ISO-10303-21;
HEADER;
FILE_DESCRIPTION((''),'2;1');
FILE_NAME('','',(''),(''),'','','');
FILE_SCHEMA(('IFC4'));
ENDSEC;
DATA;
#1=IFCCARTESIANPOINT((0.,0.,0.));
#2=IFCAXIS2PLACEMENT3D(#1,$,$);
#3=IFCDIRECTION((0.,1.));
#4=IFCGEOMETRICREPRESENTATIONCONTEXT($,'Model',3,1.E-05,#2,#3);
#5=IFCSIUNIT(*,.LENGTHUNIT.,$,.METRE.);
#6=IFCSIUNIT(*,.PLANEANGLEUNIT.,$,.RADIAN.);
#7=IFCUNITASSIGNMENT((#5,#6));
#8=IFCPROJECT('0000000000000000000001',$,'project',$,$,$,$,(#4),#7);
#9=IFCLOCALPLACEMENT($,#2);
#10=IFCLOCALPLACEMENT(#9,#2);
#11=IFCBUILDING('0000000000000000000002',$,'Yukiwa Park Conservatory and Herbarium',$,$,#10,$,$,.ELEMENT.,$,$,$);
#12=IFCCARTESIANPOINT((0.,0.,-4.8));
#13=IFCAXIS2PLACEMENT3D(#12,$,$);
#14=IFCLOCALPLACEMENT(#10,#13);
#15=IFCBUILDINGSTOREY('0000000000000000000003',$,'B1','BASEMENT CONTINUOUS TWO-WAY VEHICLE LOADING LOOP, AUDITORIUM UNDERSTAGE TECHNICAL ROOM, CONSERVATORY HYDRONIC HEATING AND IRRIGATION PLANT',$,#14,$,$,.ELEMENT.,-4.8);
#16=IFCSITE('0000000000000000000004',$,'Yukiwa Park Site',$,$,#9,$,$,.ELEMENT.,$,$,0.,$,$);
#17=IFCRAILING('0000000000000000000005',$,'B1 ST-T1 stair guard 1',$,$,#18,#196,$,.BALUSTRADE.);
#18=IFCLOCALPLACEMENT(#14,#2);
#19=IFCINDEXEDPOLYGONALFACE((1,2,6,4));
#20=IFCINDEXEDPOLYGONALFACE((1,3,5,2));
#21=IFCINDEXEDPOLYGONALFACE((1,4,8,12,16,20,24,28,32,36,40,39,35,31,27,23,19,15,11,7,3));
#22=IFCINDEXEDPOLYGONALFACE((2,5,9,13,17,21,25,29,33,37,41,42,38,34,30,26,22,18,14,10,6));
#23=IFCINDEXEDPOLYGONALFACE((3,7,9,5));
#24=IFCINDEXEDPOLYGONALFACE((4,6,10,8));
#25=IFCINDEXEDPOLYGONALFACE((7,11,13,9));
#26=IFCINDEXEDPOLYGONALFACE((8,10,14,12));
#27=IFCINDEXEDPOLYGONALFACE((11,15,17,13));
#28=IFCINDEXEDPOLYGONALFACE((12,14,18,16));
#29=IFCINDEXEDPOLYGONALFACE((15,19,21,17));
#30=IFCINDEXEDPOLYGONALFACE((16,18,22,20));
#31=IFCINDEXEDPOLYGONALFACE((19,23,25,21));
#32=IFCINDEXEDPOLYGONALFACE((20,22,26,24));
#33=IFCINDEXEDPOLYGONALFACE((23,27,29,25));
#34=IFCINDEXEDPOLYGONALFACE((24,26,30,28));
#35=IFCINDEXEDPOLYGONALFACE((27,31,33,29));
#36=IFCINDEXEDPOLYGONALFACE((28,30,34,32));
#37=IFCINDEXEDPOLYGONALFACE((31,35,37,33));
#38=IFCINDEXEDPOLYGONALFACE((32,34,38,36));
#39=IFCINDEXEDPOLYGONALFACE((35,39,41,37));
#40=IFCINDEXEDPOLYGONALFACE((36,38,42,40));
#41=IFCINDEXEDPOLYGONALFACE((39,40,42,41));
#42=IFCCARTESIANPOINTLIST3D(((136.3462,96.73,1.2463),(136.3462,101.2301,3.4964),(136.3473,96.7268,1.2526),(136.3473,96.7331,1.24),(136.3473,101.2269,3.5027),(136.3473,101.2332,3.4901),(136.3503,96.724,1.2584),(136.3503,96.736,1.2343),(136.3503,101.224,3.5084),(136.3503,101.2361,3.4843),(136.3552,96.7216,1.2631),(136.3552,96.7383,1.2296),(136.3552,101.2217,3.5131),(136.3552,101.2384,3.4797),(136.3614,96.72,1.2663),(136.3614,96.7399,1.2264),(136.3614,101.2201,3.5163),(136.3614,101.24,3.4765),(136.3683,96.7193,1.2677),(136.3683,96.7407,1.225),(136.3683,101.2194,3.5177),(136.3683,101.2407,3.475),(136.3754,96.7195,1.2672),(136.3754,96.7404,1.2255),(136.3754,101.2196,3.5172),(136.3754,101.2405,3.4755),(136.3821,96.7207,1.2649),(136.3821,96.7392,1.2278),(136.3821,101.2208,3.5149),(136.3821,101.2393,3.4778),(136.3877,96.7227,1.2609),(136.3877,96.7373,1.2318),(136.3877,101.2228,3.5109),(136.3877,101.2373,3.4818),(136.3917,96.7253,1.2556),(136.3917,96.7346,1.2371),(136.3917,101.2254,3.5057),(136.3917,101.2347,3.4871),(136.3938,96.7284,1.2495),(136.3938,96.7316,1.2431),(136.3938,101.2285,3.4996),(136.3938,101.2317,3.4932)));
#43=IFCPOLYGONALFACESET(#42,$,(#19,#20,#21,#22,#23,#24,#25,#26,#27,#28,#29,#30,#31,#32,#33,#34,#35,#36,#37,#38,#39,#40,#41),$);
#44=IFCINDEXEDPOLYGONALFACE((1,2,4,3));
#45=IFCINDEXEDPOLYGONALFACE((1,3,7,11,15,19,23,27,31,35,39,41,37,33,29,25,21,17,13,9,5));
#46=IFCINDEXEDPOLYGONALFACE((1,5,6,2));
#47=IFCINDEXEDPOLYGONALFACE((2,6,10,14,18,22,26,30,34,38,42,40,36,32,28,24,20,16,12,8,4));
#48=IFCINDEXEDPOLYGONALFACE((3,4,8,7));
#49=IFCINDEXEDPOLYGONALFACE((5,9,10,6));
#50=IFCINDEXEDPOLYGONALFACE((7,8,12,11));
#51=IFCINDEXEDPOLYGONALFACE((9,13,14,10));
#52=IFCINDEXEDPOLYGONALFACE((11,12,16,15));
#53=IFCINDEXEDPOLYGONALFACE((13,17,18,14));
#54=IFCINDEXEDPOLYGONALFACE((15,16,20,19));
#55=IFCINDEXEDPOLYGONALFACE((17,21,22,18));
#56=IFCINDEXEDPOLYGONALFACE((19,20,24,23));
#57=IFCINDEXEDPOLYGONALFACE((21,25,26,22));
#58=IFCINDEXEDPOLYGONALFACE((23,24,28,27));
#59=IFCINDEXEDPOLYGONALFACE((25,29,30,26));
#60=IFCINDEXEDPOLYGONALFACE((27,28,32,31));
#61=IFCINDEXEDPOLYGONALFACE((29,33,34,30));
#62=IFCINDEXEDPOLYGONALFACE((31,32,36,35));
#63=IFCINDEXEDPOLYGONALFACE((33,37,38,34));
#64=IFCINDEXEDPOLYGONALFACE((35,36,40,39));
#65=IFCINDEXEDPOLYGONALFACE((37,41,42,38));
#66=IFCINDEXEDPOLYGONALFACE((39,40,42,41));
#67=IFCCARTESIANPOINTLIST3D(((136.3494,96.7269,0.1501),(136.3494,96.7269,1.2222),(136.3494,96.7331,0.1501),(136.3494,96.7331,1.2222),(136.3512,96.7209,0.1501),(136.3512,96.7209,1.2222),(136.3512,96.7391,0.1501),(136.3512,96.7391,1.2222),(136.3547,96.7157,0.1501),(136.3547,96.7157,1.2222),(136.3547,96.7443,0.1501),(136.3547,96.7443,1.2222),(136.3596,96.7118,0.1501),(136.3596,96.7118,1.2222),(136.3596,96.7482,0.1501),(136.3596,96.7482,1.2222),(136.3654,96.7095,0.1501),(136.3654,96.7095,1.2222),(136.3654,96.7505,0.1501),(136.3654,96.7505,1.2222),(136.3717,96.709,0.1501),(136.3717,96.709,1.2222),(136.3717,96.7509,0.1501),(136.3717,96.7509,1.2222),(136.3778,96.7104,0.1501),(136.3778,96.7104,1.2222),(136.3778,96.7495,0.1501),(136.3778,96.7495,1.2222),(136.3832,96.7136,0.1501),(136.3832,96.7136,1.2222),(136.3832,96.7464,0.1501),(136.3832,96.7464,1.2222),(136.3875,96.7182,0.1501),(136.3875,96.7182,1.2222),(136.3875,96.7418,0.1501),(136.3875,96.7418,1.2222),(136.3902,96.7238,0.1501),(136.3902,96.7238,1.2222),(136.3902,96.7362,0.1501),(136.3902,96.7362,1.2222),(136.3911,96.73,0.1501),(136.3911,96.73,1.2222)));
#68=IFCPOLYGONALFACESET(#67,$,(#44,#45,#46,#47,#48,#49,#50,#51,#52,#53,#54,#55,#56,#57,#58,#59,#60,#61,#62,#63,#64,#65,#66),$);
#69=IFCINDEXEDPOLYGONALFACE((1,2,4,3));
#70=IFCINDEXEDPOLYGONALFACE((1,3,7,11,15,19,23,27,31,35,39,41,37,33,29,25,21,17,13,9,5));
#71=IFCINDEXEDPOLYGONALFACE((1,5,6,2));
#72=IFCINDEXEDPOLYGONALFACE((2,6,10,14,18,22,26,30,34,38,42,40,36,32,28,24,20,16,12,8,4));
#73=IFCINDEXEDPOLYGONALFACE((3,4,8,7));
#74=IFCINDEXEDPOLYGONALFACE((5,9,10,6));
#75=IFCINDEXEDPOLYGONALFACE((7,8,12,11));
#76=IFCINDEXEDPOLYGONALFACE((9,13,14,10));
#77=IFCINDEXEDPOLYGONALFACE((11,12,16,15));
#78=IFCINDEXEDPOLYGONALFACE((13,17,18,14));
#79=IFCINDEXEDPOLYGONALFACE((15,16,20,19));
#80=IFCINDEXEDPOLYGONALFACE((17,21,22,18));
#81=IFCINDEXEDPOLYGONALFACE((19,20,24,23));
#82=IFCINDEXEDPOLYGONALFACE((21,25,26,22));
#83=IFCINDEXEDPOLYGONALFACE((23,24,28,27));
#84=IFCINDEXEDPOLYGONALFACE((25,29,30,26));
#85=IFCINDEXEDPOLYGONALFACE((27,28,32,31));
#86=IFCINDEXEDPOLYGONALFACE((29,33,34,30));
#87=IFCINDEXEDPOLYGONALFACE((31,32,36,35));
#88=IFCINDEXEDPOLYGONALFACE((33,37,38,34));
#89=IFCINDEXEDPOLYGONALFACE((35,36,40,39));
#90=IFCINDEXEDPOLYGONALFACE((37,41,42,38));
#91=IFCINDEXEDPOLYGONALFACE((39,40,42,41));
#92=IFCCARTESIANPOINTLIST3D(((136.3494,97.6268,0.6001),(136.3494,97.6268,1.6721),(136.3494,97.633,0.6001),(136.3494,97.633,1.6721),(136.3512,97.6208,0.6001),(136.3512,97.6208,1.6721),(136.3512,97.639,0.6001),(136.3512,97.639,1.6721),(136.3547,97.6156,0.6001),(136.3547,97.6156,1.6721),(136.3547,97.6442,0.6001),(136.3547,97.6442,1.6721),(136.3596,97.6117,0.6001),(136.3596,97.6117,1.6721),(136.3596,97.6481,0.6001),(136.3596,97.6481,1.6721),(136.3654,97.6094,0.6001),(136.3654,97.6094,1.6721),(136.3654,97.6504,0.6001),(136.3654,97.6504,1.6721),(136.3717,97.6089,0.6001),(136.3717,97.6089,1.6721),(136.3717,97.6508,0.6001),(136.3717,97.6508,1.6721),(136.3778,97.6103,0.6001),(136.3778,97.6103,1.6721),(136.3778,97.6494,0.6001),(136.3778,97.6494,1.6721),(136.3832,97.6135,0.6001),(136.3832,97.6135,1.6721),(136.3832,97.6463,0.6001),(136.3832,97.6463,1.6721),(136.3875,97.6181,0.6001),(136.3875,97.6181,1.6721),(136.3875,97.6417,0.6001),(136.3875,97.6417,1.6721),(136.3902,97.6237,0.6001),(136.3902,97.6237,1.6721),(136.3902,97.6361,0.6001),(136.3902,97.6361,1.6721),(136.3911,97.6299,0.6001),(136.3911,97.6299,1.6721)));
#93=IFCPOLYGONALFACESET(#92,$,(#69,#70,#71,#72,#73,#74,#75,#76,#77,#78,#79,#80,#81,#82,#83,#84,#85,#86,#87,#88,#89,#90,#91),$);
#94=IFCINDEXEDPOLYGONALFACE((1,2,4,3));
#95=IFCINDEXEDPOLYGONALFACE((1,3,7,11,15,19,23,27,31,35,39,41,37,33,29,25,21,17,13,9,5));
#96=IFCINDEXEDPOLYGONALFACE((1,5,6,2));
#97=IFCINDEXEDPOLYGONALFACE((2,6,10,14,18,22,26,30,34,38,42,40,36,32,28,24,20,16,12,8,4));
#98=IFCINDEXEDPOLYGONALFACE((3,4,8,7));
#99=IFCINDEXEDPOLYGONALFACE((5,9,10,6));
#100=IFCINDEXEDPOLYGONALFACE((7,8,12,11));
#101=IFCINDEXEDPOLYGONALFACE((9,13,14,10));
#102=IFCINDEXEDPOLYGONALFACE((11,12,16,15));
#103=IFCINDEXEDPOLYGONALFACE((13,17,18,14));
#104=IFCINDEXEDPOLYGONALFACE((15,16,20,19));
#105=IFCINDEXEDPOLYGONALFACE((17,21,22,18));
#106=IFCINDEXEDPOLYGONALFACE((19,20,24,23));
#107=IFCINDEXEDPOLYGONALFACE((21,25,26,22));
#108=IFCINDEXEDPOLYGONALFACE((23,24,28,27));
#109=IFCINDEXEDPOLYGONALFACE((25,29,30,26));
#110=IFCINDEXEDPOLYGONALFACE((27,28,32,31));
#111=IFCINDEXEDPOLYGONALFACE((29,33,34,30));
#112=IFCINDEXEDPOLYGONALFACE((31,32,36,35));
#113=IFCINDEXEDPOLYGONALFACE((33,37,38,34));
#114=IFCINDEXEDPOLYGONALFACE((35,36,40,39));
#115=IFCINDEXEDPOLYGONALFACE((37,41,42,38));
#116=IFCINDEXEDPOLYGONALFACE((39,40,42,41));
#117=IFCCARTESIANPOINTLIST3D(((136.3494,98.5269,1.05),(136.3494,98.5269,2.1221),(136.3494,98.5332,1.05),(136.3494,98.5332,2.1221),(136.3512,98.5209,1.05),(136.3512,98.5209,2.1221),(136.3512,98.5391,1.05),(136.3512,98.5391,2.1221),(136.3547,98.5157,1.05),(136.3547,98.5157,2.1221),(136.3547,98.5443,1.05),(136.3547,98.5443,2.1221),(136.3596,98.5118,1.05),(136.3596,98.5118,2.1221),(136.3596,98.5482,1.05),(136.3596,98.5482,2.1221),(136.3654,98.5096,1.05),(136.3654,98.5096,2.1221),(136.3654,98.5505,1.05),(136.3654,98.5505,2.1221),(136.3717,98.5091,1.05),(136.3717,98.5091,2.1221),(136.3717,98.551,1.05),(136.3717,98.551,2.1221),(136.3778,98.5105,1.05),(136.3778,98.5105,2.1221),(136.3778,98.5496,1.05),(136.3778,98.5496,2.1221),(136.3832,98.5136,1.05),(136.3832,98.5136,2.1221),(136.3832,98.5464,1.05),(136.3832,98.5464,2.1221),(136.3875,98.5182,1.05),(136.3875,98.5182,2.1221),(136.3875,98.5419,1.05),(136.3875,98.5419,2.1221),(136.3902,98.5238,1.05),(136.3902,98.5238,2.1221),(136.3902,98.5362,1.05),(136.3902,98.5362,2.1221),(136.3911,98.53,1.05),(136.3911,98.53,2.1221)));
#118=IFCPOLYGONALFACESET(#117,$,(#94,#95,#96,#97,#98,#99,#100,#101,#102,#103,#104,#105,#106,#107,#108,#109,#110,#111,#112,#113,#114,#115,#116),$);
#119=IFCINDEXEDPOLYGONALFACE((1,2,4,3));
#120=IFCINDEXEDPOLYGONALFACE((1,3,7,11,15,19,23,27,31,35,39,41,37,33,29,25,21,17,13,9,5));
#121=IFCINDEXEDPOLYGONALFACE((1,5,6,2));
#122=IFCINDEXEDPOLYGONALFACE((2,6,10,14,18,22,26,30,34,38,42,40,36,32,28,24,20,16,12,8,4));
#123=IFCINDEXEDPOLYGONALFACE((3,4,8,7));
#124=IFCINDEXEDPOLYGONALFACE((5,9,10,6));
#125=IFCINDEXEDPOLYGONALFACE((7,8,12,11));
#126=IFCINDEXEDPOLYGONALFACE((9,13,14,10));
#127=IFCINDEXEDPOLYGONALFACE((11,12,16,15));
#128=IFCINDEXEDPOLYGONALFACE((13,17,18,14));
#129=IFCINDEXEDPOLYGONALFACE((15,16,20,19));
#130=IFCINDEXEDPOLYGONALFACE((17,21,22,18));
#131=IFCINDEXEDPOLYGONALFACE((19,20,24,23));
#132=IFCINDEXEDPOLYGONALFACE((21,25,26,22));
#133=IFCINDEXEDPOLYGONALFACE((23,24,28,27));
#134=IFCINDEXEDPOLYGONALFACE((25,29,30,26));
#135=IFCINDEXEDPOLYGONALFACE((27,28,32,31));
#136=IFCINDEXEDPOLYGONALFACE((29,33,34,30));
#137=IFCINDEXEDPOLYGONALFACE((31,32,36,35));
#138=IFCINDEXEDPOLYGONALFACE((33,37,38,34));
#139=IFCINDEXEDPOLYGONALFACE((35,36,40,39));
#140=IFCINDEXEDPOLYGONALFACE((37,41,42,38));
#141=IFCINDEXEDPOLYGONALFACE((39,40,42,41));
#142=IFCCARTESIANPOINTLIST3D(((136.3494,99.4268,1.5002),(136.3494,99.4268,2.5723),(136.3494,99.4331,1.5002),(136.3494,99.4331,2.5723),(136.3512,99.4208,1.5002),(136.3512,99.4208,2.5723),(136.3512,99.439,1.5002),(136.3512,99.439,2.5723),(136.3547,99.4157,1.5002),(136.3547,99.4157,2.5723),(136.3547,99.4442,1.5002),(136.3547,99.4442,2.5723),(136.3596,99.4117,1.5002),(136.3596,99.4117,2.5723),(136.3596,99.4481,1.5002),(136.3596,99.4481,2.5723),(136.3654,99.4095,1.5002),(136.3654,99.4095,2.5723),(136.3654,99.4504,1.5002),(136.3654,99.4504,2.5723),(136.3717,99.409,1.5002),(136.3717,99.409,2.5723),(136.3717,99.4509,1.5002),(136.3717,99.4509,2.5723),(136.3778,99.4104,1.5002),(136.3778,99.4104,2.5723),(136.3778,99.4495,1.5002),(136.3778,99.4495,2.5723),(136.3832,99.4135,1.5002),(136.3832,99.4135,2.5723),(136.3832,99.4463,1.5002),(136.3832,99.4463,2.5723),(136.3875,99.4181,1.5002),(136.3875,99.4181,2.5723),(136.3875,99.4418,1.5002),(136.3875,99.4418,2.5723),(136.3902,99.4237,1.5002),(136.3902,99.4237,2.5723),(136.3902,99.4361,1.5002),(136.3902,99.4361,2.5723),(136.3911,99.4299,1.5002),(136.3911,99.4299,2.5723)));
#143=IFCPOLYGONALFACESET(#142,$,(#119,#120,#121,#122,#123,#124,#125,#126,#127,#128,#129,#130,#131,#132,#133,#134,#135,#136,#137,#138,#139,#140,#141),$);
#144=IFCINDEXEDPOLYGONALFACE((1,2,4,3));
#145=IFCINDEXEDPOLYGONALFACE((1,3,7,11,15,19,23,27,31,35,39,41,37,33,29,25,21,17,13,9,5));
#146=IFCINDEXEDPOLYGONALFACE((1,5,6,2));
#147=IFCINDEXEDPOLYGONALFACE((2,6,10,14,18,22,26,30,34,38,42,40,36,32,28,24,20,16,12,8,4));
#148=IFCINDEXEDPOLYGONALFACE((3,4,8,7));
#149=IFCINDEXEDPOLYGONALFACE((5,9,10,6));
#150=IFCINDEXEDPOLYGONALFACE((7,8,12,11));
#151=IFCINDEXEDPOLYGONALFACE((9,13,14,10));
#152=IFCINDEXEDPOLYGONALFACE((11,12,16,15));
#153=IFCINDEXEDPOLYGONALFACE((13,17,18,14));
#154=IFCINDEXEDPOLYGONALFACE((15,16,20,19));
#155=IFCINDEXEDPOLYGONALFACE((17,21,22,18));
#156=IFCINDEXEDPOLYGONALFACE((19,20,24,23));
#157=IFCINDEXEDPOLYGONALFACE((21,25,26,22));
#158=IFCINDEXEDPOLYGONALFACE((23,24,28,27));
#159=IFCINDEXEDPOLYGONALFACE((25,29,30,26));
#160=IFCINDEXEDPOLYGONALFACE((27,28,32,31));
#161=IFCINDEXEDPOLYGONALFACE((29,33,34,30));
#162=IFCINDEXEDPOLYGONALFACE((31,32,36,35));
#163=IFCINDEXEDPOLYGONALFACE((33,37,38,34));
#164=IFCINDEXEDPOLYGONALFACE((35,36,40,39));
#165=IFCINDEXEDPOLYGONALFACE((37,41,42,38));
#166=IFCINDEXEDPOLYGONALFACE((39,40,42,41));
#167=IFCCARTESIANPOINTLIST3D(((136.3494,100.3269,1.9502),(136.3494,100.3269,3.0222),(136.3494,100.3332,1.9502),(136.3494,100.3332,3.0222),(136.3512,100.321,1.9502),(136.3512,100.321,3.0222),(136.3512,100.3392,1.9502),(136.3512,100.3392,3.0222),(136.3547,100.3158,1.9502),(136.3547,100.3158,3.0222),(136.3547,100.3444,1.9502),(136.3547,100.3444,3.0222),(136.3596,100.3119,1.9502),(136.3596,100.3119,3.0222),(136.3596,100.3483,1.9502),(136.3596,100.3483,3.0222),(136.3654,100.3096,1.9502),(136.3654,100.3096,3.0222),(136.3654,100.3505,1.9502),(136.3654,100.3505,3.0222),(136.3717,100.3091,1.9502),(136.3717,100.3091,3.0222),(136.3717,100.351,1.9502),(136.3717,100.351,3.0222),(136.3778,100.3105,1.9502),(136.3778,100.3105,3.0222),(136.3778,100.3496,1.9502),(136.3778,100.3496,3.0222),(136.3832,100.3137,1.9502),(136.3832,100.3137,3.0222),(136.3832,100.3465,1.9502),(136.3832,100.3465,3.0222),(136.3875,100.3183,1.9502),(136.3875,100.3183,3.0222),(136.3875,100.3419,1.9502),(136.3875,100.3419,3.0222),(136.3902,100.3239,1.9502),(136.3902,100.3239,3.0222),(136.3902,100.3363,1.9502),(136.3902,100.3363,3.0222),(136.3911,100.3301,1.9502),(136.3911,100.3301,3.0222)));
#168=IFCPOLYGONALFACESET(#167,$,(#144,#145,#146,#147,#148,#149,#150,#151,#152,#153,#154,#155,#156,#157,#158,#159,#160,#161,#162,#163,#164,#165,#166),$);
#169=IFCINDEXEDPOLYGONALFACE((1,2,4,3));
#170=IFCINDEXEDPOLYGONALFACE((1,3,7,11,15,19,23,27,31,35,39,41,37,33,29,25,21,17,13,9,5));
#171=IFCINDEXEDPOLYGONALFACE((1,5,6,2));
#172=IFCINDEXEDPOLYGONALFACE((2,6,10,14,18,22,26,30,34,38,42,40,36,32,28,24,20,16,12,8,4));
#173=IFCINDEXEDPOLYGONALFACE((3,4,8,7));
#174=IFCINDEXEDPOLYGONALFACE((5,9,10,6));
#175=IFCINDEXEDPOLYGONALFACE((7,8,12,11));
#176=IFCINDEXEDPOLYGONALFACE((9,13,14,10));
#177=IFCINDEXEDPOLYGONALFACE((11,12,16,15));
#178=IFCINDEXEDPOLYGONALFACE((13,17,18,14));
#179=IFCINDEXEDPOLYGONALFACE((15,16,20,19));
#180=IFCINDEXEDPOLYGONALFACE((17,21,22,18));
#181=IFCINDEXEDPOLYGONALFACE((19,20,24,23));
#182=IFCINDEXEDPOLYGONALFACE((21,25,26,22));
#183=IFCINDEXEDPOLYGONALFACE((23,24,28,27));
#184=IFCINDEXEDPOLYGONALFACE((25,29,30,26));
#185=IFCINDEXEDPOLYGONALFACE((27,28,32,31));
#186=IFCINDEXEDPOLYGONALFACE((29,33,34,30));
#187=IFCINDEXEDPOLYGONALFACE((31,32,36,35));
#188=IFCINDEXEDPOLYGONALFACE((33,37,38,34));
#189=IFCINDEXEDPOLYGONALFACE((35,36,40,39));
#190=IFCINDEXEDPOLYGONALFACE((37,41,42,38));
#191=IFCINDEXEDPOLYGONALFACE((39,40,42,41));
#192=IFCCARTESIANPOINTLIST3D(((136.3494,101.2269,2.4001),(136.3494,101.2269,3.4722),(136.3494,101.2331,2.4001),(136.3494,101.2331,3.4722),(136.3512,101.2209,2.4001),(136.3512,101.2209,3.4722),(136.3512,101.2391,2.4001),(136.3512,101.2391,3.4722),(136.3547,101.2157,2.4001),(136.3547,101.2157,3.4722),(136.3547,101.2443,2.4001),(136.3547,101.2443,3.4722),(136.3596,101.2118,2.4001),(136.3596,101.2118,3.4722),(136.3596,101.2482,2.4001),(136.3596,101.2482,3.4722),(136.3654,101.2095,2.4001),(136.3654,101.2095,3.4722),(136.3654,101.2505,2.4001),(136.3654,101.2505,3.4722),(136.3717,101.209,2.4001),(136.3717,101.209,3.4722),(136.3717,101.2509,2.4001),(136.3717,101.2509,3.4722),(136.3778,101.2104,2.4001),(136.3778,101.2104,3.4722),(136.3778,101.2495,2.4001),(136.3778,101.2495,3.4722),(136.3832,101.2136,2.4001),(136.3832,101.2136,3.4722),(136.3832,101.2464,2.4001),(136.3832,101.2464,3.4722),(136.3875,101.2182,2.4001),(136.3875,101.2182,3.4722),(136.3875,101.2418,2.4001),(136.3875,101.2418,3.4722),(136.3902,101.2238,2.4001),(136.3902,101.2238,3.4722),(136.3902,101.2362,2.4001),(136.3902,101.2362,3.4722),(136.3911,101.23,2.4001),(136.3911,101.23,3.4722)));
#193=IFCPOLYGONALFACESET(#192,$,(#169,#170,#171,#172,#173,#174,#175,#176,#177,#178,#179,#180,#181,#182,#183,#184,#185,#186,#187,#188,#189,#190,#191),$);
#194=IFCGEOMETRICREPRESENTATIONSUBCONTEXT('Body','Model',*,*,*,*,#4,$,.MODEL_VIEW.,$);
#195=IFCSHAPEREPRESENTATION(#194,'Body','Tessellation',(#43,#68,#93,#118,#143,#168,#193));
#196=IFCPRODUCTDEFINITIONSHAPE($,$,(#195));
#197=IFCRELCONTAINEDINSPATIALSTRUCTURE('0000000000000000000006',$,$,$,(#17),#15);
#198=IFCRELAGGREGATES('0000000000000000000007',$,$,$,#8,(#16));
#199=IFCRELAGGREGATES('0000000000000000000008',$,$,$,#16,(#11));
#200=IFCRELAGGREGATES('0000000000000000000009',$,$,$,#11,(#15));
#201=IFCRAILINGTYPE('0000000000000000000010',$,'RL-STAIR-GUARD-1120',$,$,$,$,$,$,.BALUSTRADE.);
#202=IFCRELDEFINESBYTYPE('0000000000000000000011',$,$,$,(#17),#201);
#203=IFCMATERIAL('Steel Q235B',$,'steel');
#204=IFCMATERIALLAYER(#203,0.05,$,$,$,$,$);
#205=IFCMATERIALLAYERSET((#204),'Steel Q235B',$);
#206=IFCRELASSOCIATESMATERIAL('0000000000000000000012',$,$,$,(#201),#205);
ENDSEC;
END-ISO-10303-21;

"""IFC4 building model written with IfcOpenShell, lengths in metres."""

from ifc_helpers import new_model, si_unit, direction, frame, origin, origin_2d, place, context, subcontext, project, spatial, circle, extrude, material, layer, layer_set, type_object, element, save


model = new_model("IFC4")

# Units and contexts
model_context = context("Model", 3, precision=1e-05, world=origin(), true_north=direction((0.0, 1.0)))
body_context = subcontext(model_context, "Body", "Model", "MODEL_VIEW")
ifc_project = project(units=[si_unit("LENGTHUNIT", "METRE"), si_unit("PLANEANGLEUNIT", "RADIAN")], contexts=[model_context])

# Site, building, storey
site_placement = place(None, origin())
site = spatial("IfcSite", under=ifc_project, at=site_placement, Name="Yukiwa Park Site", CompositionType="ELEMENT", RefElevation=0.0)
building_placement = place(site_placement, origin())
building = spatial("IfcBuilding", under=site, at=building_placement, Name="Yukiwa Park Conservatory and Herbarium", CompositionType="ELEMENT")
storey_placement = place(building_placement, frame((0.0, 0.0, -4.8)))
storey = spatial("IfcBuildingStorey", under=building, at=storey_placement, Name="B1", Description="BASEMENT CONTINUOUS TWO-WAY VEHICLE LOADING LOOP, AUDITORIUM UNDERSTAGE TECHNICAL ROOM, CONSERVATORY HYDRONIC HEATING AND IRRIGATION PLANT", CompositionType="ELEMENT", Elevation=-4.8)

# Railing
ifc_material_1 = material(Name="Steel Q235B", Category="steel")
ifc_layer_1 = layer(ifc_material_1, 0.05)
ifc_layer_set_1 = layer_set([ifc_layer_1], Name="Steel Q235B")
railing_type_1 = type_object("IfcRailingType", Name="RL-STAIR-GUARD-1120", PredefinedType="BALUSTRADE", material=ifc_layer_set_1)
railing_1_placement = place(storey_placement, frame((136.3701, 96.73, 0.1501)))
element("IfcRailing", 1, at=railing_1_placement, inside=storey, type_object=railing_type_1, Name="B1 ST-T1 stair guard 1", PredefinedType="BALUSTRADE", context=body_context, shape_type="SweptSolid", body=[
    extrude(circle(Radius=0.0239, at=origin_2d()), frame((0.0, 0.0, 1.0962), z_axis=(0.0, 0.894427, 0.447214), x_axis=(-1.0, 0.0, 0.0)), (0.0, 0.0, 1.0), 5.0312),
    extrude(circle(Radius=0.021, at=origin_2d()), origin(), (0.0, 0.0, 1.0), 1.072),
    extrude(circle(Radius=0.021, at=origin_2d()), frame((0.0, 0.8999, 0.45)), (0.0, 0.0, 1.0), 1.072),
    extrude(circle(Radius=0.021, at=origin_2d()), frame((0.0, 1.8, 0.8999)), (0.0, 0.0, 1.0), 1.072),
    extrude(circle(Radius=0.021, at=origin_2d()), frame((0.0, 2.7, 1.3501)), (0.0, 0.0, 1.0), 1.072),
    extrude(circle(Radius=0.021, at=origin_2d()), frame((0.0, 3.6001, 1.8)), (0.0, 0.0, 1.0), 1.072),
    extrude(circle(Radius=0.021, at=origin_2d()), frame((0.0, 4.5, 2.25)), (0.0, 0.0, 1.0), 1.072),
])

save(model, "model.ifc")
